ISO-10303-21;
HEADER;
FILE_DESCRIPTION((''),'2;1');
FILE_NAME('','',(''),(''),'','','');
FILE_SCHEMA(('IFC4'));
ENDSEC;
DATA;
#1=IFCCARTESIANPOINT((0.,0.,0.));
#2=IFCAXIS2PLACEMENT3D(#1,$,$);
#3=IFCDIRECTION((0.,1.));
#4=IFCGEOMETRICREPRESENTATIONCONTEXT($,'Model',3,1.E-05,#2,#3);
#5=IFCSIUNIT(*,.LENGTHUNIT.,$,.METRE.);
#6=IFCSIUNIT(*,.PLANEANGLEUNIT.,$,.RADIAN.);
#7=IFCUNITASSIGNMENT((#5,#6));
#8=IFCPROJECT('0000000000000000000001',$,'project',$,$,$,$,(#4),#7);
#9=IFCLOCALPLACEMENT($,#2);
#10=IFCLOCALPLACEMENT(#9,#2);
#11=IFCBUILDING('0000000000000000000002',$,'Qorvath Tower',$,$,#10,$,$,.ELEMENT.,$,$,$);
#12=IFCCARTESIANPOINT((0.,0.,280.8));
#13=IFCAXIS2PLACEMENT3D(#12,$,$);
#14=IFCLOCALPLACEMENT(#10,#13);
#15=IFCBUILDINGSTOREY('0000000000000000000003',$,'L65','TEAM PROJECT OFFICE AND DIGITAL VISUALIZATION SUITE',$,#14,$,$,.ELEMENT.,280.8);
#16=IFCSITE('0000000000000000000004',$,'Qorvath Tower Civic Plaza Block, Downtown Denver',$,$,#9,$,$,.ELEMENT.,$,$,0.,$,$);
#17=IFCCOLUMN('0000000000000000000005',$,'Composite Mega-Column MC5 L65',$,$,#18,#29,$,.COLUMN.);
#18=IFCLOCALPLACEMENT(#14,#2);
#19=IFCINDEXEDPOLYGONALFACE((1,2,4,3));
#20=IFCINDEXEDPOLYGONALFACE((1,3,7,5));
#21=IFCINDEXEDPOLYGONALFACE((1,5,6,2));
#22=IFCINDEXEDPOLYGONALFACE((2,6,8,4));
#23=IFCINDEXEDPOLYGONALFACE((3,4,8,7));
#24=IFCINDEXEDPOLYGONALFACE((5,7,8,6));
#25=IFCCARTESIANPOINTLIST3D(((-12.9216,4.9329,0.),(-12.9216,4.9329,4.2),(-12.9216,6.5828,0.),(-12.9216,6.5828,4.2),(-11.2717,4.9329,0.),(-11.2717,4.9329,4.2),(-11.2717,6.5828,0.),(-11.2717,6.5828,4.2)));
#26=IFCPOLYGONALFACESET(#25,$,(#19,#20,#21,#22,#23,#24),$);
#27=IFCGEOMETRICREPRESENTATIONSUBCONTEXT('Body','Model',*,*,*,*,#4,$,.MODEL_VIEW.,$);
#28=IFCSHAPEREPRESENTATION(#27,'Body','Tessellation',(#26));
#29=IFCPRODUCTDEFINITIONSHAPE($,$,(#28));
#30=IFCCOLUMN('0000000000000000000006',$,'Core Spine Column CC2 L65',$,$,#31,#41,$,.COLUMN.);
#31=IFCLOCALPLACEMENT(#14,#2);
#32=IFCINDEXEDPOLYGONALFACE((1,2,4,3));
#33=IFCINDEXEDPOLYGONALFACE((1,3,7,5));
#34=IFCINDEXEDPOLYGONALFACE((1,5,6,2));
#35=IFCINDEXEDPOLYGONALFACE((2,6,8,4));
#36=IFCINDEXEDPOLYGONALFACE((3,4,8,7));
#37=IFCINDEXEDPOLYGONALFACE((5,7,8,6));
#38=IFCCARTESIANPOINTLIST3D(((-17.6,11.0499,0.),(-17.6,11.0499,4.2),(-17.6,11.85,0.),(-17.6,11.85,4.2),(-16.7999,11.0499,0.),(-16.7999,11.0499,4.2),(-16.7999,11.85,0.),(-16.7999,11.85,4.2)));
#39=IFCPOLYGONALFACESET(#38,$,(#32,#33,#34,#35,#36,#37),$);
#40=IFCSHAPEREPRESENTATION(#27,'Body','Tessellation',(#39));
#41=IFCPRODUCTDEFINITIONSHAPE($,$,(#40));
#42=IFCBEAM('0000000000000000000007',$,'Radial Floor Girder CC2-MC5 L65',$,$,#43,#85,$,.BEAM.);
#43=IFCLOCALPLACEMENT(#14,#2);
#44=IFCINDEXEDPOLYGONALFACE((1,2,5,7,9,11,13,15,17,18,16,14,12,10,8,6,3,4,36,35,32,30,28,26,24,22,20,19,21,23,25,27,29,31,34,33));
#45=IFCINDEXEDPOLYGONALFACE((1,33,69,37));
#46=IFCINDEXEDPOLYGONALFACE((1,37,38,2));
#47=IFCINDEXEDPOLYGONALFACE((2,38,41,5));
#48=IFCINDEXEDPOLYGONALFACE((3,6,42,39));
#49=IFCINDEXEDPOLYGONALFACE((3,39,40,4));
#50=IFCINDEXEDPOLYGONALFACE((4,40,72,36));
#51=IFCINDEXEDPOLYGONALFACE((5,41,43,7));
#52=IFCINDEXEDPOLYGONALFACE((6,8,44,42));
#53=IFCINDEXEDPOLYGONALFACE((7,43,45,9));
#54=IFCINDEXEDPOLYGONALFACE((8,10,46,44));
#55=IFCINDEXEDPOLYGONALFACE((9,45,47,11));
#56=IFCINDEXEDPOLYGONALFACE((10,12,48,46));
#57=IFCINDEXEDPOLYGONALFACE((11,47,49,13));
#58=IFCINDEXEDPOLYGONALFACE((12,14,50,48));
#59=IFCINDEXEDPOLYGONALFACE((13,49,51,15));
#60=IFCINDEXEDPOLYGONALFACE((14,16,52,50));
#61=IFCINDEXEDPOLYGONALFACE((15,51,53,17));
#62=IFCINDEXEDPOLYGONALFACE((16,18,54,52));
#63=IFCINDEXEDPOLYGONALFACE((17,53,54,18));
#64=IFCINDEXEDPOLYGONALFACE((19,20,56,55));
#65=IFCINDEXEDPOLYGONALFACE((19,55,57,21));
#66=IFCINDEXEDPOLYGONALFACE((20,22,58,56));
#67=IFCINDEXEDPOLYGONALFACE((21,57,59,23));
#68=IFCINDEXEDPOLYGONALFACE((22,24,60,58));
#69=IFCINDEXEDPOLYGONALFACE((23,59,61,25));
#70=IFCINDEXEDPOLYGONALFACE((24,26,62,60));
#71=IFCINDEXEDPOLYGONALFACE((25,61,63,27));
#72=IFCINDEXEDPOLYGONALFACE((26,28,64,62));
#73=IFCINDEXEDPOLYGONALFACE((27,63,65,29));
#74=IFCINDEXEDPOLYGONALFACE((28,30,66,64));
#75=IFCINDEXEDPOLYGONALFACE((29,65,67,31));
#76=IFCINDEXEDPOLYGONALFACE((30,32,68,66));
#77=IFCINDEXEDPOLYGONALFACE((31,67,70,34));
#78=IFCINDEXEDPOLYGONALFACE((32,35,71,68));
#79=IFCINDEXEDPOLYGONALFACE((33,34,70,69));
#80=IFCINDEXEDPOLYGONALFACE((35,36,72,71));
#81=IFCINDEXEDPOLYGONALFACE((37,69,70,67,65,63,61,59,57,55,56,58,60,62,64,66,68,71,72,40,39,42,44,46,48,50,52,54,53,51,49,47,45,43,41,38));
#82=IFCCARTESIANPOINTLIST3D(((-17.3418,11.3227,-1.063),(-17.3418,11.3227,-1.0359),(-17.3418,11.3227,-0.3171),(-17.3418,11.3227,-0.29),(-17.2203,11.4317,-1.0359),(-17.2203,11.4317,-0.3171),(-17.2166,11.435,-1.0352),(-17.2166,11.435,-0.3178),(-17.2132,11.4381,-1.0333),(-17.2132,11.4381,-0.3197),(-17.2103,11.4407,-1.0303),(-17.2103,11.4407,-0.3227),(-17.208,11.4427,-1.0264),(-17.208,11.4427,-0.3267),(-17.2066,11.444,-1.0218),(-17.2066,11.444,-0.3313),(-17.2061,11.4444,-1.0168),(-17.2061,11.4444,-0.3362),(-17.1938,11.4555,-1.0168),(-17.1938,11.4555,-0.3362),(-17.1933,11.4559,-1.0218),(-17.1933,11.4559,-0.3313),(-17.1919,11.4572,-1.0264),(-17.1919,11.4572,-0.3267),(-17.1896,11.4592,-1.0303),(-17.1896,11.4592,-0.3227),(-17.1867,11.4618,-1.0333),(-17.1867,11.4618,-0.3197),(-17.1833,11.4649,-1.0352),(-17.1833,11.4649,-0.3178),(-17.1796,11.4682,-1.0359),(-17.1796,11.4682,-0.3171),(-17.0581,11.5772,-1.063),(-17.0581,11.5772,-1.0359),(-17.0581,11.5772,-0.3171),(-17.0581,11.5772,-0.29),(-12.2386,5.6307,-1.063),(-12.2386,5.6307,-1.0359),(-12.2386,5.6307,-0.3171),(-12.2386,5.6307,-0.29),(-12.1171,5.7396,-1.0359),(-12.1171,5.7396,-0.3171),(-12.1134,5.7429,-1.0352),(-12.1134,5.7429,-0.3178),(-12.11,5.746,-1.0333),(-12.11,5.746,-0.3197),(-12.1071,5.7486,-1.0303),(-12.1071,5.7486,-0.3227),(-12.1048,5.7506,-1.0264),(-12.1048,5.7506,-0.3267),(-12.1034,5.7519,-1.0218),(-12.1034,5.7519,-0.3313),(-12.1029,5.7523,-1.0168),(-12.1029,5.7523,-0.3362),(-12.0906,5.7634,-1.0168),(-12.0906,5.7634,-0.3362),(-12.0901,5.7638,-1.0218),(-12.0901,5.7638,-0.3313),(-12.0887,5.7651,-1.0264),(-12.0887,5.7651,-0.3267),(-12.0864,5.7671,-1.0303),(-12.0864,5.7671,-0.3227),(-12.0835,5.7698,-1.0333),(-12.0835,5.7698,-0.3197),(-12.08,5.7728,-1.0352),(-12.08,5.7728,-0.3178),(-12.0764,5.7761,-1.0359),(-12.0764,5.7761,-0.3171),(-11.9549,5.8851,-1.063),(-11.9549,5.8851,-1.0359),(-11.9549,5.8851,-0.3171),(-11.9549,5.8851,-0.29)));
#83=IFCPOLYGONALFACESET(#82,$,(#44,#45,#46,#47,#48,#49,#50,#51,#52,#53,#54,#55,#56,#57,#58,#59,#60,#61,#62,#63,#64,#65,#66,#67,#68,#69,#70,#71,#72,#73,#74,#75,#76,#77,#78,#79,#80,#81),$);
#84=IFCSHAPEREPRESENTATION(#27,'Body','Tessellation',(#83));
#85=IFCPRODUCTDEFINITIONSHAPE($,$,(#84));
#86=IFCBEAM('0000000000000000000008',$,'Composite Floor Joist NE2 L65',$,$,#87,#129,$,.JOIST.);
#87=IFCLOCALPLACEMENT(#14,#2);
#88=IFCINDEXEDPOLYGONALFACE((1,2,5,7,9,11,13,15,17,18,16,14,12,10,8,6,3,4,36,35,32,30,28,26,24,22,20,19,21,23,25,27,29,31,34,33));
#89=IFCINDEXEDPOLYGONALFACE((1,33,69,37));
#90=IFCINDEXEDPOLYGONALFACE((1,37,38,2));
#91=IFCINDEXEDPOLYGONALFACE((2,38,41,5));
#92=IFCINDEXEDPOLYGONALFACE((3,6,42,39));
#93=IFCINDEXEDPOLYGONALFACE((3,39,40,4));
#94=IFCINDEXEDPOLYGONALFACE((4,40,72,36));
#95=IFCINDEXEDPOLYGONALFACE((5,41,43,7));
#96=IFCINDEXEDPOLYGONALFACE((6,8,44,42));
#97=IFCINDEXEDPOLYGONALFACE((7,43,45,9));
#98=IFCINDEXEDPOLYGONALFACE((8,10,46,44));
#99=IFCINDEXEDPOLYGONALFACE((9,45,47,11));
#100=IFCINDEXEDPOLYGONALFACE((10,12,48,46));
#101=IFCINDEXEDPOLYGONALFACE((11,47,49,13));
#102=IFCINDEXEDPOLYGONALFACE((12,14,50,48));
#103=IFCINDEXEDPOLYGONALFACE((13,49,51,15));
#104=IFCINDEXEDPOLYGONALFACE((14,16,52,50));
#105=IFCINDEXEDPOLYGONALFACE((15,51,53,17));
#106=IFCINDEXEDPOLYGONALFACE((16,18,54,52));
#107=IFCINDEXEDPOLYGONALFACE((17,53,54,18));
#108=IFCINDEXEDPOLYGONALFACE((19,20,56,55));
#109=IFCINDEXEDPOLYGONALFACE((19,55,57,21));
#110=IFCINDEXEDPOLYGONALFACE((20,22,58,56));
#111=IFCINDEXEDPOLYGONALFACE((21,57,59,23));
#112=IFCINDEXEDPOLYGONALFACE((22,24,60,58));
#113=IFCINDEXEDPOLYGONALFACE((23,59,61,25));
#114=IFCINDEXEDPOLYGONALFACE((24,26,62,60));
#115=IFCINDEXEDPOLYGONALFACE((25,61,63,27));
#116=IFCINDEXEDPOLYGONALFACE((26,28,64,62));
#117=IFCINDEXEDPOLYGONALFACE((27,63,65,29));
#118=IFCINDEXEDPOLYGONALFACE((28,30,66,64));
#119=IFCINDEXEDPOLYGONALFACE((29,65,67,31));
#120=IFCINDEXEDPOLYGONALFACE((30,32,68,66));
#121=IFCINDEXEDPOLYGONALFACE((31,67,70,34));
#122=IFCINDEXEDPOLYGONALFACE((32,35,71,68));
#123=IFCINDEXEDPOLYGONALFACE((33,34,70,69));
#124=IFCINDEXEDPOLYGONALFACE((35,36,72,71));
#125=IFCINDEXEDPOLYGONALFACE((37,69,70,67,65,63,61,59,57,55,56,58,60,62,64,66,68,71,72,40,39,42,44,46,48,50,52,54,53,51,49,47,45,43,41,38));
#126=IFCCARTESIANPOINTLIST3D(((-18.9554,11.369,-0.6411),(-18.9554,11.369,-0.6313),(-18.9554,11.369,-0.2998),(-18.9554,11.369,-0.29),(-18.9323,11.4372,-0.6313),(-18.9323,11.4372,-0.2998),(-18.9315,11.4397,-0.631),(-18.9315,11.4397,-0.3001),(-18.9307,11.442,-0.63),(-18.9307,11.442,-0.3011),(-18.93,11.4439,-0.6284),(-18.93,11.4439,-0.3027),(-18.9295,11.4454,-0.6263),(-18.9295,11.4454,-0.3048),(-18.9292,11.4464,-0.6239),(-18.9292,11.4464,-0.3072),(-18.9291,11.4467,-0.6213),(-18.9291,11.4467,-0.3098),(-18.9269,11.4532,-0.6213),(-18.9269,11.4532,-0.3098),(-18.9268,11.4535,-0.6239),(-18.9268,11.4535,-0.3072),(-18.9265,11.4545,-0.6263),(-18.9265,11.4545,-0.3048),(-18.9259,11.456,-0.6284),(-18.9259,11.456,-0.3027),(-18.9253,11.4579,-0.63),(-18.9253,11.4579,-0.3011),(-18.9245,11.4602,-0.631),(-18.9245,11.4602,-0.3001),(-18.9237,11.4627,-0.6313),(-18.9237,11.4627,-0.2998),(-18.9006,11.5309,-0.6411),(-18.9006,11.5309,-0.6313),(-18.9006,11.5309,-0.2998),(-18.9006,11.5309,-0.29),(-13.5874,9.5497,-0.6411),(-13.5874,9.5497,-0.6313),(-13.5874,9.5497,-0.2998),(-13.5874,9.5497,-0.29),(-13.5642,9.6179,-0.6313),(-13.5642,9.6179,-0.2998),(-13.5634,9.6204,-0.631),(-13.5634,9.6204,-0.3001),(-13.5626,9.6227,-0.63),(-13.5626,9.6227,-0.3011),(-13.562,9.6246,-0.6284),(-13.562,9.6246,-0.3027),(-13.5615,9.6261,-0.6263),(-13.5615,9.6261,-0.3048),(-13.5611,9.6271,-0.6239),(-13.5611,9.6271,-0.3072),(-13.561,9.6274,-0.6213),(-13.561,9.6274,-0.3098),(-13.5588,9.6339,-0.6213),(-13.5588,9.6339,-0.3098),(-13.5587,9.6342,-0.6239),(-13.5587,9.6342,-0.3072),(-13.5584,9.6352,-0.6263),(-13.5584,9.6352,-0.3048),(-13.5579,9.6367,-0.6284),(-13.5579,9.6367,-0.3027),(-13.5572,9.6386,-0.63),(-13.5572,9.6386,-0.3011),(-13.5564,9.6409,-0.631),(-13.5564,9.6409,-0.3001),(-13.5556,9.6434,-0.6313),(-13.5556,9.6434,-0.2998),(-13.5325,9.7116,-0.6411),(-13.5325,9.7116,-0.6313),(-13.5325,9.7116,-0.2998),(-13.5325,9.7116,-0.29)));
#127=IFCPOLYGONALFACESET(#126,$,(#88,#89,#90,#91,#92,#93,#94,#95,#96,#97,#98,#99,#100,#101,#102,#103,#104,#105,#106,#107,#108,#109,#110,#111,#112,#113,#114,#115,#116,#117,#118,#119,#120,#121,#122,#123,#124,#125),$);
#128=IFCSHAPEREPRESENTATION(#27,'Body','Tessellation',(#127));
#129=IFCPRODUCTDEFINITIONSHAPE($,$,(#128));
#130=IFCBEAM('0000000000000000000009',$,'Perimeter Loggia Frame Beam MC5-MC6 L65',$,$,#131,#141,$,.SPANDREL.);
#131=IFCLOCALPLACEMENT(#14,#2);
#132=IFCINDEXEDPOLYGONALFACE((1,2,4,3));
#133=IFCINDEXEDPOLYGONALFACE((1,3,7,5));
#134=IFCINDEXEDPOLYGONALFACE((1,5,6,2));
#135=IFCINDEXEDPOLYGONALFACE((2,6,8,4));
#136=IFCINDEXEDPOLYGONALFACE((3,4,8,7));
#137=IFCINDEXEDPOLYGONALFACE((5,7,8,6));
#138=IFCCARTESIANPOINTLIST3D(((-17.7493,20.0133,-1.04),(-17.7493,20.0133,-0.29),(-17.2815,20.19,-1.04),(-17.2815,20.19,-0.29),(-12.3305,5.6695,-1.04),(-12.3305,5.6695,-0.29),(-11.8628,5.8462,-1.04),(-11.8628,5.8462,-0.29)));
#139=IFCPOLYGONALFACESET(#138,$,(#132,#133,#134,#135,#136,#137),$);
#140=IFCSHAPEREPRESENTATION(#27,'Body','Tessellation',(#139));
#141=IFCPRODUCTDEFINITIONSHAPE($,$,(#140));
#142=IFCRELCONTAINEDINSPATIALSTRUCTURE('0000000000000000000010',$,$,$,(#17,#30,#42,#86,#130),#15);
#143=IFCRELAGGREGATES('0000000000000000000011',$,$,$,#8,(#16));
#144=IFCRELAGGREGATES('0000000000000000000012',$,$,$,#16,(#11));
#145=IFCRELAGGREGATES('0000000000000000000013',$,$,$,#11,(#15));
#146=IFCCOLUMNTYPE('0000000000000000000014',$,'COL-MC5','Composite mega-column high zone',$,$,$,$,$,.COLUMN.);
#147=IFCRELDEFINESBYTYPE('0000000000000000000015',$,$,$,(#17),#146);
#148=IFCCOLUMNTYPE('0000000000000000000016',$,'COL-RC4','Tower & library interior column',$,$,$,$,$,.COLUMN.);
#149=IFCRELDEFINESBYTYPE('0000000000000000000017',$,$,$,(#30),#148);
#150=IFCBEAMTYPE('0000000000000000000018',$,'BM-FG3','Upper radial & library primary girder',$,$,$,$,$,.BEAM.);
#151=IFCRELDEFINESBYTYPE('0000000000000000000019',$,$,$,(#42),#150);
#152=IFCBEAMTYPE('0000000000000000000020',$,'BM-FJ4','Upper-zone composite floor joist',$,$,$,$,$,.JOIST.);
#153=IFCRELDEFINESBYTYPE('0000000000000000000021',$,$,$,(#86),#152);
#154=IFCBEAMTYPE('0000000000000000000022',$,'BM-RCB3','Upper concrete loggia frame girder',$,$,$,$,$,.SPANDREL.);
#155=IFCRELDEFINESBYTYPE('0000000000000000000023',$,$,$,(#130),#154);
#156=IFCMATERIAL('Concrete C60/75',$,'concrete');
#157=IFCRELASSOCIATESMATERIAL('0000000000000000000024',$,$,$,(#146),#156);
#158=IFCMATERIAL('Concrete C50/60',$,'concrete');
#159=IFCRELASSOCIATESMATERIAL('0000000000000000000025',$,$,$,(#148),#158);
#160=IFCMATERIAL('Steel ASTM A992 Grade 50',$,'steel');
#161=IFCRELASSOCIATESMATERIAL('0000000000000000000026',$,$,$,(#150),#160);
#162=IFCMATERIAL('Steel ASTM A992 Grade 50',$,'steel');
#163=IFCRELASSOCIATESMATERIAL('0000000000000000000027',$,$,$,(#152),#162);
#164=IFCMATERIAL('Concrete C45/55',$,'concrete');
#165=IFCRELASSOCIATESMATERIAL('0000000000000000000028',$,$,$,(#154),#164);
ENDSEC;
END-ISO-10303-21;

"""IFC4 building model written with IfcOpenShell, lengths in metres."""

from ifc_helpers import new_model, si_unit, direction, frame, origin, origin_2d, place, context, subcontext, project, spatial, rectangle, i_section, extrude, material, material_profile, profile_set, type_object, element, save


model = new_model("IFC4")

# Units and contexts
model_context = context("Model", 3, precision=1e-05, world=origin(), true_north=direction((0.0, 1.0)))
body_context = subcontext(model_context, "Body", "Model", "MODEL_VIEW")
ifc_project = project(units=[si_unit("LENGTHUNIT", "METRE"), si_unit("PLANEANGLEUNIT", "RADIAN")], contexts=[model_context])

# Site, building, storey
site_placement = place(None, origin())
site = spatial("IfcSite", under=ifc_project, at=site_placement, Name="Qorvath Tower Civic Plaza Block, Downtown Denver", CompositionType="ELEMENT", RefElevation=0.0)
building_placement = place(site_placement, origin())
building = spatial("IfcBuilding", under=site, at=building_placement, Name="Qorvath Tower", CompositionType="ELEMENT")
storey_placement = place(building_placement, frame((0.0, 0.0, 280.8)))
storey = spatial("IfcBuildingStorey", under=building, at=storey_placement, Name="L65", Description="TEAM PROJECT OFFICE AND DIGITAL VISUALIZATION SUITE", CompositionType="ELEMENT", Elevation=280.8)

# Columns
ifc_material_1 = material(Name="Concrete C60/75", Category="concrete")
ifc_material_profile_1 = material_profile(ifc_material_1, rectangle(XDim=1.6499, YDim=1.6499, at=origin_2d()), Name="MC 1650x1650")
ifc_profile_set_1 = profile_set([ifc_material_profile_1], Name="Concrete C60/75")
column_type_1 = type_object("IfcColumnType", Name="COL-MC5", Description="Composite mega-column high zone", PredefinedType="COLUMN", material=ifc_profile_set_1)
column_1_placement = place(storey_placement, frame((-12.0967, 5.7578, 0.0), z_axis=(0.0, 0.0, 1.0), x_axis=(1.0, 0.0, 0.0)))
element("IfcColumn", 1, at=column_1_placement, inside=storey, type_object=column_type_1, Name="Composite Mega-Column MC5 L65", PredefinedType="COLUMN", context=body_context, shape_type="SweptSolid", body=[
    extrude(rectangle(XDim=1.6499, YDim=1.6499, at=origin_2d()), origin(), (0.0, 0.0, 1.0), 4.2),
])
ifc_material_2 = material(Name="Concrete C50/60", Category="concrete")
ifc_material_profile_2 = material_profile(ifc_material_2, rectangle(XDim=0.8, YDim=0.8, at=origin_2d()), Name="RC 800x800")
ifc_profile_set_2 = profile_set([ifc_material_profile_2], Name="Concrete C50/60")
column_type_2 = type_object("IfcColumnType", Name="COL-RC4", Description="Tower & library interior column", PredefinedType="COLUMN", material=ifc_profile_set_2)
column_2_placement = place(storey_placement, frame((-17.2, 11.45, 0.0), z_axis=(0.0, 0.0, 1.0), x_axis=(1.0, 0.0, 0.0)))
element("IfcColumn", 2, at=column_2_placement, inside=storey, type_object=column_type_2, Name="Core Spine Column CC2 L65", PredefinedType="COLUMN", context=body_context, shape_type="SweptSolid", body=[
    extrude(rectangle(XDim=0.8, YDim=0.8, at=origin_2d()), origin(), (0.0, 0.0, 1.0), 4.2),
])

# Beams
ifc_material_3 = material(Name="Steel ASTM A992 Grade 50", Category="steel")
ifc_material_profile_3 = material_profile(ifc_material_3, i_section(OverallWidth=0.3811, OverallDepth=0.7729, WebThickness=0.0166, FlangeThickness=0.0271, FilletRadius=0.019, at=origin_2d()), Name="W30x173")
ifc_profile_set_3 = profile_set([ifc_material_profile_3], Name="Steel ASTM A992 Grade 50")
beam_type_1 = type_object("IfcBeamType", Name="BM-FG3", Description="Upper radial & library primary girder", PredefinedType="BEAM", material=ifc_profile_set_3)
beam_1_placement = place(storey_placement, frame((-17.2, 11.45, -0.6765), z_axis=(0.667543, -0.744571, 0.0), x_axis=(0.744571, 0.667543, 0.0)))
element("IfcBeam", 3, at=beam_1_placement, inside=storey, type_object=beam_type_1, Name="Radial Floor Girder CC2-MC5 L65", PredefinedType="BEAM", context=body_context, shape_type="SweptSolid", body=[
    extrude(i_section(OverallWidth=0.3811, OverallDepth=0.7729, WebThickness=0.0166, FlangeThickness=0.0271, FilletRadius=0.019, at=origin_2d()), origin(), (0.0, 0.0, 1.0), 7.6448),
])
ifc_material_4 = material(Name="Steel ASTM A992 Grade 50", Category="steel")
ifc_material_profile_4 = material_profile(ifc_material_4, i_section(OverallWidth=0.1709, OverallDepth=0.3511, WebThickness=0.0068, FlangeThickness=0.0098, FilletRadius=0.01, at=origin_2d()), Name="W14x30")
ifc_profile_set_4 = profile_set([ifc_material_profile_4], Name="Steel ASTM A992 Grade 50")
beam_type_2 = type_object("IfcBeamType", Name="BM-FJ4", Description="Upper-zone composite floor joist", PredefinedType="JOIST", material=ifc_profile_set_4)
beam_2_placement = place(storey_placement, frame((-18.928, 11.45, -0.4656), z_axis=(0.947086, -0.320979, 0.0), x_axis=(0.320979, 0.947086, 0.0)))
element("IfcBeam", 4, at=beam_2_placement, inside=storey, type_object=beam_type_2, Name="Composite Floor Joist NE2 L65", PredefinedType="JOIST", context=body_context, shape_type="SweptSolid", body=[
    extrude(i_section(OverallWidth=0.1709, OverallDepth=0.3511, WebThickness=0.0068, FlangeThickness=0.0098, FilletRadius=0.01, at=origin_2d()), origin(), (0.0, 0.0, 1.0), 5.668),
])
ifc_material_5 = material(Name="Concrete C45/55", Category="concrete")
ifc_material_profile_5 = material_profile(ifc_material_5, rectangle(XDim=0.5, YDim=0.75, at=origin_2d()), Name="RCB 750x500")
ifc_profile_set_5 = profile_set([ifc_material_profile_5], Name="Concrete C45/55")
beam_type_3 = type_object("IfcBeamType", Name="BM-RCB3", Description="Upper concrete loggia frame girder", PredefinedType="SPANDREL", material=ifc_profile_set_5)
beam_3_placement = place(storey_placement, frame((-12.0967, 5.7578, -0.665), z_axis=(-0.353398, 0.935473, 0.0), x_axis=(-0.935473, -0.353398, 0.0)))
element("IfcBeam", 5, at=beam_3_placement, inside=storey, type_object=beam_type_3, Name="Perimeter Loggia Frame Beam MC5-MC6 L65", PredefinedType="SPANDREL", context=body_context, shape_type="SweptSolid", body=[
    extrude(rectangle(XDim=0.5, YDim=0.75, at=origin_2d()), origin(), (0.0, 0.0, 1.0), 15.3333),
])

save(model, "model.ifc")
